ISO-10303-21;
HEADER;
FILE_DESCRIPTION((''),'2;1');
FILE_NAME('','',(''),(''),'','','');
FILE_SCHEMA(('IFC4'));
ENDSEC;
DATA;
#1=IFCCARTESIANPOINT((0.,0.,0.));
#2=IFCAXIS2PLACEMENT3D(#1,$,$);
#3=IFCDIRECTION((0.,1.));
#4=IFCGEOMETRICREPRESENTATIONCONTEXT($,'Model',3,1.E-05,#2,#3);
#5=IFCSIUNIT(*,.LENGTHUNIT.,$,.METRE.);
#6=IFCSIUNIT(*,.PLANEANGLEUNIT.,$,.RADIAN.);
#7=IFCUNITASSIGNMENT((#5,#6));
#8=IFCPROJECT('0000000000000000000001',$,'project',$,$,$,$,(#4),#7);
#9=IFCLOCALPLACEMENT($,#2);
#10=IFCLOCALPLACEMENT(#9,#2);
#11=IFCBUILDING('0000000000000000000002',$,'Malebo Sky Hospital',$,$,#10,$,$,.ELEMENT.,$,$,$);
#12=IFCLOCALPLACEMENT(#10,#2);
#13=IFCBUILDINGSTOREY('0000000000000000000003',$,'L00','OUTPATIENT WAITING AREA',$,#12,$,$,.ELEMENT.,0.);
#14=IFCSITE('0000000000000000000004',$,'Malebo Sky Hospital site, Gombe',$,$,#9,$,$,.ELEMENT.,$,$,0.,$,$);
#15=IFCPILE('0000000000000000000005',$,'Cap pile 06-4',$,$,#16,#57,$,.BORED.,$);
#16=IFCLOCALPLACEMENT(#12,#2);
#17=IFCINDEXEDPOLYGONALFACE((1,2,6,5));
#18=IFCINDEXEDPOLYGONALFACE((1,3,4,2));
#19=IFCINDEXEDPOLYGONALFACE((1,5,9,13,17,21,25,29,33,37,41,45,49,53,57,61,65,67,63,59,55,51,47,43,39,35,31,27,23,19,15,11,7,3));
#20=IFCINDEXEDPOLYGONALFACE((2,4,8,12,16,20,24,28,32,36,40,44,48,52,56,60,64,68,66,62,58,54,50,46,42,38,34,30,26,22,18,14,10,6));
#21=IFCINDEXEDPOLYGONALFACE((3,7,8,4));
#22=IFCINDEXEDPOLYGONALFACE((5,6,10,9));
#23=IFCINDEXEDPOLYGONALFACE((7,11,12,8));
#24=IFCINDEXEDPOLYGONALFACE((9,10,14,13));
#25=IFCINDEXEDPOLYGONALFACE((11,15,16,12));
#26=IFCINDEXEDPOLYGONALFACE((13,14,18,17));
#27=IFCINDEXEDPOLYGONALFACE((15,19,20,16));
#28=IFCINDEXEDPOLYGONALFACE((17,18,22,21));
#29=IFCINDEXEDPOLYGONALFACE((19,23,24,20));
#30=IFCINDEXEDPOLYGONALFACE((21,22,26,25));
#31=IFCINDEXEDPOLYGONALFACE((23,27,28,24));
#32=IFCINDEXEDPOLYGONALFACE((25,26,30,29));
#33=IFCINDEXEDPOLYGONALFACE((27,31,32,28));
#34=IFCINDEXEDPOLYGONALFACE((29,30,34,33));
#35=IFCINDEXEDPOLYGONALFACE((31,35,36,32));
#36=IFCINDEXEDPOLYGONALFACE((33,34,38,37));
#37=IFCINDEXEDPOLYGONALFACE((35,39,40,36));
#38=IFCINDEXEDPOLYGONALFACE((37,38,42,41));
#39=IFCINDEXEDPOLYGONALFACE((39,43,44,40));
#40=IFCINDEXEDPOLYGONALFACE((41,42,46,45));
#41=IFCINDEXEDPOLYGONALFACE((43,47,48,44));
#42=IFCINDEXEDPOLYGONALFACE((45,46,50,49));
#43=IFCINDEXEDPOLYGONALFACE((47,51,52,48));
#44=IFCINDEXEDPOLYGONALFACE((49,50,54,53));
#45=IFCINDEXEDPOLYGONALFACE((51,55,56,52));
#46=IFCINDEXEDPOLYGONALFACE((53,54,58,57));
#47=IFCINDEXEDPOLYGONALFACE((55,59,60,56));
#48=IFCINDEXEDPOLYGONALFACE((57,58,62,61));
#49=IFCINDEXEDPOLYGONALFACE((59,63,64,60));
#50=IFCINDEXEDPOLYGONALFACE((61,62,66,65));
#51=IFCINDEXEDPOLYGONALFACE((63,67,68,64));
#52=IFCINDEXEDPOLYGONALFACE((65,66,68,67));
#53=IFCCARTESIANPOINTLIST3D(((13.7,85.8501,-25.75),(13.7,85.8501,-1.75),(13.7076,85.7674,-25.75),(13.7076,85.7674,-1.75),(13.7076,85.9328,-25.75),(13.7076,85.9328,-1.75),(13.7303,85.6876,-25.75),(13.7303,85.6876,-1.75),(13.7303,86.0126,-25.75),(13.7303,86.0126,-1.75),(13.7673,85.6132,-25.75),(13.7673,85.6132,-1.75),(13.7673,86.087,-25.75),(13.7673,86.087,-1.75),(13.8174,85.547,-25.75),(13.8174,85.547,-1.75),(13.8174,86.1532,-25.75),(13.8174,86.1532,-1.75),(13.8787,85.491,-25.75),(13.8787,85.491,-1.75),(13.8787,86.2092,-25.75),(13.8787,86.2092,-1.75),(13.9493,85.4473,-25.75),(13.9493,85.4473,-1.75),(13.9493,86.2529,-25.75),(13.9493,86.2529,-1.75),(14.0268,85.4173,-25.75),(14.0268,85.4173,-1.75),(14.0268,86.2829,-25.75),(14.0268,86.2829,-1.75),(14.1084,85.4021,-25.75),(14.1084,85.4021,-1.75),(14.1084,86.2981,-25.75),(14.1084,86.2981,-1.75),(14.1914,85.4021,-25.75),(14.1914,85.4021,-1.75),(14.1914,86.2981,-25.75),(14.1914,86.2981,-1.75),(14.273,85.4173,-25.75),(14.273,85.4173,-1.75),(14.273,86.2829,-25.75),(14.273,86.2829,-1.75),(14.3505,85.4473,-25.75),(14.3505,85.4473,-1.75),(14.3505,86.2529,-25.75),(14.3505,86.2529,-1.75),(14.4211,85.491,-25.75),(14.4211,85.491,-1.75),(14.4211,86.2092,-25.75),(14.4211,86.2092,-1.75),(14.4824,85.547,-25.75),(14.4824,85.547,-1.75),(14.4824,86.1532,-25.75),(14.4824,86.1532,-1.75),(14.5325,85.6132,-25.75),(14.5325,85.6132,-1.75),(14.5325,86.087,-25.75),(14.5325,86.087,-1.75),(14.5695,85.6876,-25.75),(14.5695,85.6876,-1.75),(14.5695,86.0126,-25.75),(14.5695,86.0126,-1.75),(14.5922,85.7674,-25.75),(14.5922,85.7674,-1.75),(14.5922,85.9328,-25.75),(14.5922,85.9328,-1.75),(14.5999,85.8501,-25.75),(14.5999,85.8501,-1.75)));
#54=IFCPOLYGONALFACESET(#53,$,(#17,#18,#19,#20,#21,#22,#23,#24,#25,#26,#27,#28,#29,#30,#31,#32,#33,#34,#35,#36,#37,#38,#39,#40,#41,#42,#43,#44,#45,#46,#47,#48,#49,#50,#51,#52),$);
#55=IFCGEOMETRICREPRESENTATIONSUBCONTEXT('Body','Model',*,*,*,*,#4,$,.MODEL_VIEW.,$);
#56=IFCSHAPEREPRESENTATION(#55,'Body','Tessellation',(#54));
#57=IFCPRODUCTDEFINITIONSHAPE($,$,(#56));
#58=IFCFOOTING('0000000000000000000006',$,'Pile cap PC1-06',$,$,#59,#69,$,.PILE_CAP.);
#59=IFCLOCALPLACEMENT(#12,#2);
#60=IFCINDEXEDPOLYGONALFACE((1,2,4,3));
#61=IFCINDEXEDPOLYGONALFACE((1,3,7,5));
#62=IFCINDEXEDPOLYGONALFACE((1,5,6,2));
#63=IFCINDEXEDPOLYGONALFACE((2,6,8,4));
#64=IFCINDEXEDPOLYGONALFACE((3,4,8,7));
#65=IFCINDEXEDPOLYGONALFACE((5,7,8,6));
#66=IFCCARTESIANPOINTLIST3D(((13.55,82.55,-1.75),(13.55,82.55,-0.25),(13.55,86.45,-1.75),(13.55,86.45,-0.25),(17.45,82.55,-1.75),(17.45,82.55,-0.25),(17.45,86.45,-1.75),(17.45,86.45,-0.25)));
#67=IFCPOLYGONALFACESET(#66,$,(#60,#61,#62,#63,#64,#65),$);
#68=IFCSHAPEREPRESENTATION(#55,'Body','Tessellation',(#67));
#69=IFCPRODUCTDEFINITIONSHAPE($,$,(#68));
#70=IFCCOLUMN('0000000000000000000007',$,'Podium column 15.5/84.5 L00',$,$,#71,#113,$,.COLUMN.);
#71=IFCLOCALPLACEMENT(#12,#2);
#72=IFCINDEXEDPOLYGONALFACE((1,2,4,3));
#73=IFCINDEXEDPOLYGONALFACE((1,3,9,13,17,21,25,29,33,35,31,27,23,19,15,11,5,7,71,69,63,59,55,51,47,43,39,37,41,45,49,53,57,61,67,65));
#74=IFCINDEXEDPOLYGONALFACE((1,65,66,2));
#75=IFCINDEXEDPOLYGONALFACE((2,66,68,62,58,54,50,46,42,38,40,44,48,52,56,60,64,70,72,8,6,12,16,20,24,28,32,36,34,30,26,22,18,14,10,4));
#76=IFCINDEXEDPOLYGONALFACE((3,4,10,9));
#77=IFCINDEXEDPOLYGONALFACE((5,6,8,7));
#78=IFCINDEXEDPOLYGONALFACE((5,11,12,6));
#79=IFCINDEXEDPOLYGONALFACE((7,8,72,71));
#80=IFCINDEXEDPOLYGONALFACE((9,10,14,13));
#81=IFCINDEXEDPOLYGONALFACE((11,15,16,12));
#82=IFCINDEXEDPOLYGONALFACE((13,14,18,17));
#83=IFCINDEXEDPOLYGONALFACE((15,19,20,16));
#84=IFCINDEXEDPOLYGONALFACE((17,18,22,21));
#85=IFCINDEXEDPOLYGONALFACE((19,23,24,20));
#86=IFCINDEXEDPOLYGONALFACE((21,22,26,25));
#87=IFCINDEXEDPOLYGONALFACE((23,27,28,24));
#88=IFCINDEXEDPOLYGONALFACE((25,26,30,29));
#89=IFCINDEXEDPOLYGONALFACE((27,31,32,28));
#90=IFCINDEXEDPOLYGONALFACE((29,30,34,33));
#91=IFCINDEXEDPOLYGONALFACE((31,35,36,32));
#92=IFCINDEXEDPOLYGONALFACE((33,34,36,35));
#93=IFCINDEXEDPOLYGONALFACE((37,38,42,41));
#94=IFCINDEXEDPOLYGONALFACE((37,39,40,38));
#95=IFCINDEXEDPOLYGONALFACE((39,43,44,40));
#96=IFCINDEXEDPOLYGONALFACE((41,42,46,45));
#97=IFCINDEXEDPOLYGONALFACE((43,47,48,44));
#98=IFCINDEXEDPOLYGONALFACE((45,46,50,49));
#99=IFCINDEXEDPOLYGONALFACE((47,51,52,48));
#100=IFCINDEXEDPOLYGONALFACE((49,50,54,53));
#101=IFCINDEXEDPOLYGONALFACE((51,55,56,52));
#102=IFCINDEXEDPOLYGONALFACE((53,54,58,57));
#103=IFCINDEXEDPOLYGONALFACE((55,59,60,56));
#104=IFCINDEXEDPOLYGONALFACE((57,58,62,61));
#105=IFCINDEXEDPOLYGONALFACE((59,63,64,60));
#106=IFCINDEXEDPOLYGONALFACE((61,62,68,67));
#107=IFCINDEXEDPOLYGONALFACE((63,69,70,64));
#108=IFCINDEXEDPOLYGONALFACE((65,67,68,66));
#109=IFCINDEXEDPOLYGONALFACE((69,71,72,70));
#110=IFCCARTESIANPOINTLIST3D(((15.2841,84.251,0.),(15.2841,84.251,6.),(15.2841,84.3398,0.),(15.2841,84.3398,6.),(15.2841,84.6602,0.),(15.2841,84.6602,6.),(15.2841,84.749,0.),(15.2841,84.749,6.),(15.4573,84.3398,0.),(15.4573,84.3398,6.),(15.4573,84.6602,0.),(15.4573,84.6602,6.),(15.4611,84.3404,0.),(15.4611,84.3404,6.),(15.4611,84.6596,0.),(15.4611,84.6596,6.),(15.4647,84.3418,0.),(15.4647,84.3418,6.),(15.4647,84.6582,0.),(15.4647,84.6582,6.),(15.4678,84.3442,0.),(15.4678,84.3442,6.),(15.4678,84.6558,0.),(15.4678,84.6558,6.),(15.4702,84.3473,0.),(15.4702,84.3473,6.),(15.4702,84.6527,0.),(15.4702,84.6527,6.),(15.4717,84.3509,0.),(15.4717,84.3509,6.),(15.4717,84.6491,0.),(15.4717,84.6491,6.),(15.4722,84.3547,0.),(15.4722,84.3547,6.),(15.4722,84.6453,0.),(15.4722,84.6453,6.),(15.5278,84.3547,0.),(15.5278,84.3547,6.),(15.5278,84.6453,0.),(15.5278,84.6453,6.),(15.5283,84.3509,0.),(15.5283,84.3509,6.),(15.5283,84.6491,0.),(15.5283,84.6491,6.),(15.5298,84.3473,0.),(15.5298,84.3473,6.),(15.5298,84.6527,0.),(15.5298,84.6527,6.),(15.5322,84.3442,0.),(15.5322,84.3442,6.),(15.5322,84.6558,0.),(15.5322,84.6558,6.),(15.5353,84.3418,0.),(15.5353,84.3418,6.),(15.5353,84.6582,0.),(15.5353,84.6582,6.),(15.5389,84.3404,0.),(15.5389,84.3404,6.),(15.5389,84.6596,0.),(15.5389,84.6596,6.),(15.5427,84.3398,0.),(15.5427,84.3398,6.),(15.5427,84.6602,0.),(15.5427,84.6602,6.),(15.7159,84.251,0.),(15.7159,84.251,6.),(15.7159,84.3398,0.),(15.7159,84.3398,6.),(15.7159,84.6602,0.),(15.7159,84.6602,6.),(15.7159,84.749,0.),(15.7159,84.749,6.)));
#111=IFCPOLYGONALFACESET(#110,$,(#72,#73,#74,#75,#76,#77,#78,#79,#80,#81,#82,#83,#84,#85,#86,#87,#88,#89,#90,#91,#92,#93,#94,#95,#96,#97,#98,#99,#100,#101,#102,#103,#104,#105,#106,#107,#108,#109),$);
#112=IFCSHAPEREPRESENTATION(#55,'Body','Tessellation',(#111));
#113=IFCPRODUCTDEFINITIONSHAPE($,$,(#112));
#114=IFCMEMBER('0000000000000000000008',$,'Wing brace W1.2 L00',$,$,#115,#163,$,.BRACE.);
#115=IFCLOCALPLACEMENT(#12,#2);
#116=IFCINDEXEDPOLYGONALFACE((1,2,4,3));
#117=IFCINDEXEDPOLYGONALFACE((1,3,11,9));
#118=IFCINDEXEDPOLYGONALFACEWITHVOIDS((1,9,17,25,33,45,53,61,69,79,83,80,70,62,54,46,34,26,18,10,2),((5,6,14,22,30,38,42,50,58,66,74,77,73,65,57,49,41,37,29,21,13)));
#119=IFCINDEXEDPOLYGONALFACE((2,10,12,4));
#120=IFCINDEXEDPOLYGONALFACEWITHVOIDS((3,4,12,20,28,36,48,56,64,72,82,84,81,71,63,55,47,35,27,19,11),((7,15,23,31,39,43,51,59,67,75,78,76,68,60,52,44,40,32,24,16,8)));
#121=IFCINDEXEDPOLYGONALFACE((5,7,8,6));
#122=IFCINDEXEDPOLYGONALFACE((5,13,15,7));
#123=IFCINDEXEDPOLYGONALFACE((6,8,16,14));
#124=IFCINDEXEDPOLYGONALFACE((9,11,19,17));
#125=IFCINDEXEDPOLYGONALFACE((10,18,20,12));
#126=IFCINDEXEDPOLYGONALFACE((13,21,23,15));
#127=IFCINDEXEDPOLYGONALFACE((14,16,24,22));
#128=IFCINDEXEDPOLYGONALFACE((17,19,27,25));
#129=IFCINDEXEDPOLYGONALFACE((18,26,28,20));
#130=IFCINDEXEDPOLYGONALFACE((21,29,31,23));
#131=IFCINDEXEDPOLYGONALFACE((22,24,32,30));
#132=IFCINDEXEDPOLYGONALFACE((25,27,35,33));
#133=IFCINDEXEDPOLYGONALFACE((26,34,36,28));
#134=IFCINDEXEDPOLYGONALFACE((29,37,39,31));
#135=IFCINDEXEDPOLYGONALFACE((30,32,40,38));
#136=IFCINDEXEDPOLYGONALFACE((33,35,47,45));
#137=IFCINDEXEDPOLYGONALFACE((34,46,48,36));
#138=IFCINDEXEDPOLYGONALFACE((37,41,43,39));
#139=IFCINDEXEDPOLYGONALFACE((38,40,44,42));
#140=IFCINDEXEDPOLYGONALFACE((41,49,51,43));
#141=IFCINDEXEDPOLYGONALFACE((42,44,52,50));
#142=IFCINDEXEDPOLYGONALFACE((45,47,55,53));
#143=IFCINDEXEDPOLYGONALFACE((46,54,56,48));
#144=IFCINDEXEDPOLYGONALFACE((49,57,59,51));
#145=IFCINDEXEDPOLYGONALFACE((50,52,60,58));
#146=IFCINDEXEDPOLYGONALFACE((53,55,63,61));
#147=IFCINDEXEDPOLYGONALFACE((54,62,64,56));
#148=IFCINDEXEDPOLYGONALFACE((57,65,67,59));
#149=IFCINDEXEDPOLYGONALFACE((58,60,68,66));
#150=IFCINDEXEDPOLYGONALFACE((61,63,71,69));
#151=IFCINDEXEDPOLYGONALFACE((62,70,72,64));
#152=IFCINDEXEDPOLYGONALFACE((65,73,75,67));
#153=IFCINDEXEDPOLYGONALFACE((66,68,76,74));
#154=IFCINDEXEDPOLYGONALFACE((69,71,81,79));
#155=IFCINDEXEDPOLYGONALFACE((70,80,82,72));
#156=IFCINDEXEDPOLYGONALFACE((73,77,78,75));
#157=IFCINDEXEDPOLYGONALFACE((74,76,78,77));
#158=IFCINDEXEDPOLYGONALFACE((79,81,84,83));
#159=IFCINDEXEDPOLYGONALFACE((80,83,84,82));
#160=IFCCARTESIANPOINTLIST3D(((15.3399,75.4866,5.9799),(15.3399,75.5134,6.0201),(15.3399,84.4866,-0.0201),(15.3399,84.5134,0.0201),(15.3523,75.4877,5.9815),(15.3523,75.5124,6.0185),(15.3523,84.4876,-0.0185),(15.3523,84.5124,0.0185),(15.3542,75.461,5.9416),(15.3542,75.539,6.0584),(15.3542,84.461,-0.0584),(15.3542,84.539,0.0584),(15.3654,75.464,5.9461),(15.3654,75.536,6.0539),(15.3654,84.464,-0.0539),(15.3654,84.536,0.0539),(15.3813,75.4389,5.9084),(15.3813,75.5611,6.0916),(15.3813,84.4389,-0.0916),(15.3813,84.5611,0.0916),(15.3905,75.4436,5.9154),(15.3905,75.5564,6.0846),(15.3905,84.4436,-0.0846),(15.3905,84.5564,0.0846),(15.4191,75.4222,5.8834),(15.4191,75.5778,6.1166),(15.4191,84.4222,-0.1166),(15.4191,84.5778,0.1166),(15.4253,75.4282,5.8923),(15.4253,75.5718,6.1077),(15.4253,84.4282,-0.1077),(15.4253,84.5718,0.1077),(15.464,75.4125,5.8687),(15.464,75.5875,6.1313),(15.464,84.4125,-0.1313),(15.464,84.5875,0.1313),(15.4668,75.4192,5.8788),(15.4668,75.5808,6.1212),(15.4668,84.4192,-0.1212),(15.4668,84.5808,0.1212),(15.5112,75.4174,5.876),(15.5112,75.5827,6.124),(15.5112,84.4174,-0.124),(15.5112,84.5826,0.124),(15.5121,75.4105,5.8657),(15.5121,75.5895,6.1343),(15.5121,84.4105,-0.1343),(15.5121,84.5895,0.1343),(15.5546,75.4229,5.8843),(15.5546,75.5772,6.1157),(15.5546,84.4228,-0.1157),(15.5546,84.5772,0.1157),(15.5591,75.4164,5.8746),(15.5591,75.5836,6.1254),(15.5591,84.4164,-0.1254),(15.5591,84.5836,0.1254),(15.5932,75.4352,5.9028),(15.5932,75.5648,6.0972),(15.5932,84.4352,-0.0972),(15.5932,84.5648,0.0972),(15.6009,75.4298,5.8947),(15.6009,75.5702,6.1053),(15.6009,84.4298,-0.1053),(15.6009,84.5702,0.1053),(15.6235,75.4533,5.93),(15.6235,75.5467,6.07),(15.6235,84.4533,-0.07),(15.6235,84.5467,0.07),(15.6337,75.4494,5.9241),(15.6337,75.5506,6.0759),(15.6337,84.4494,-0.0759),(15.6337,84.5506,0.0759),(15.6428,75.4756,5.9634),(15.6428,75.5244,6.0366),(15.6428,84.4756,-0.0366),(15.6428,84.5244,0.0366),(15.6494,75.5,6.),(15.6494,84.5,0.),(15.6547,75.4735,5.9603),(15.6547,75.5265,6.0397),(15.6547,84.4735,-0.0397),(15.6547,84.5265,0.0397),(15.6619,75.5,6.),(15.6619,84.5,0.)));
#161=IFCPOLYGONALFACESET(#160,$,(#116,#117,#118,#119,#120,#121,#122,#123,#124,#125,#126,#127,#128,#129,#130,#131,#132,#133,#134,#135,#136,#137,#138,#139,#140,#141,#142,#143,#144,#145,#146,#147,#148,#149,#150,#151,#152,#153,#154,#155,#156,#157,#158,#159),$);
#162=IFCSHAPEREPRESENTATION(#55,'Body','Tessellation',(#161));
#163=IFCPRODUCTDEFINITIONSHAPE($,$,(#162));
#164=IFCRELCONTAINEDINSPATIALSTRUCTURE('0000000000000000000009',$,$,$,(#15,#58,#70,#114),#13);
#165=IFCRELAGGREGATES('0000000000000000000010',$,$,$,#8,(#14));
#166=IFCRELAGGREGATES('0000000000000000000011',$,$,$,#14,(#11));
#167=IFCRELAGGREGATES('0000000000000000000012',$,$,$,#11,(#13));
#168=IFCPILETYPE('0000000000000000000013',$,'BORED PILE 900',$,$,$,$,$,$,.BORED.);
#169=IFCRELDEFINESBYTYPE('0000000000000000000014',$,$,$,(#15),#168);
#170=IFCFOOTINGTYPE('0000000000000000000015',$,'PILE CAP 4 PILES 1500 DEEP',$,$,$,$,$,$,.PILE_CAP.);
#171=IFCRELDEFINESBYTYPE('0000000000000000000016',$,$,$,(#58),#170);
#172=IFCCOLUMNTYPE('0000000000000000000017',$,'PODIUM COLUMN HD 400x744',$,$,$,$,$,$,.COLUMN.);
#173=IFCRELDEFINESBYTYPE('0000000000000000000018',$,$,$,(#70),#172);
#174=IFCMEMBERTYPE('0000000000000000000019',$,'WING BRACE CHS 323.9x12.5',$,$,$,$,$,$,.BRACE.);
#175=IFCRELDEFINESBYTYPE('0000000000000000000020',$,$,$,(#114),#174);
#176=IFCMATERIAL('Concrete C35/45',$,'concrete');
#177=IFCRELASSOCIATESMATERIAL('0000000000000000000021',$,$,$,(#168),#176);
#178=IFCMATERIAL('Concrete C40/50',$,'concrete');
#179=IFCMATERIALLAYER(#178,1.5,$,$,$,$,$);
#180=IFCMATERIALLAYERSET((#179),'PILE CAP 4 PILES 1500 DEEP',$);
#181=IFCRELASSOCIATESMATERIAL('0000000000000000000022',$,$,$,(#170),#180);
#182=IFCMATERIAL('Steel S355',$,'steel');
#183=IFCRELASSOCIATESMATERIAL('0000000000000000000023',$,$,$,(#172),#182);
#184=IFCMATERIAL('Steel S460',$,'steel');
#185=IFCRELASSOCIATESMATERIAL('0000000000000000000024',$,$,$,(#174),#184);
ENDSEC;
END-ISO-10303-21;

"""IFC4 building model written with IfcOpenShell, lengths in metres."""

from ifc_helpers import new_model, si_unit, direction, frame, origin, origin_2d, place, context, subcontext, project, spatial, rectangle, circle, hollow_circle, i_section, extrude, material, layer, layer_set, material_profile, profile_set, type_object, element, save


model = new_model("IFC4")

# Units and contexts
model_context = context("Model", 3, precision=1e-05, world=origin(), true_north=direction((0.0, 1.0)))
body_context = subcontext(model_context, "Body", "Model", "MODEL_VIEW")
ifc_project = project(units=[si_unit("LENGTHUNIT", "METRE"), si_unit("PLANEANGLEUNIT", "RADIAN")], contexts=[model_context])

# Site, building, storey
site_placement = place(None, origin())
site = spatial("IfcSite", under=ifc_project, at=site_placement, Name="Malebo Sky Hospital site, Gombe", CompositionType="ELEMENT", RefElevation=0.0)
building_placement = place(site_placement, origin())
building = spatial("IfcBuilding", under=site, at=building_placement, Name="Malebo Sky Hospital", CompositionType="ELEMENT")
storey_placement = place(building_placement, origin())
storey = spatial("IfcBuildingStorey", under=building, at=storey_placement, Name="L00", Description="OUTPATIENT WAITING AREA", CompositionType="ELEMENT", Elevation=0.0)

# Pile
ifc_material_1 = material(Name="Concrete C35/45", Category="concrete")
ifc_material_profile_1 = material_profile(ifc_material_1, circle(Radius=0.45, at=origin_2d()), Name="BP 900")
ifc_profile_set_1 = profile_set([ifc_material_profile_1], Name="Concrete C35/45")
pile_type = type_object("IfcPileType", Name="BORED PILE 900", PredefinedType="BORED", material=ifc_profile_set_1)
pile_placement = place(storey_placement, frame((14.1499, 85.8501, -1.75), z_axis=(0.0, 0.0, -1.0), x_axis=(1.0, 0.0, 0.0)))
element("IfcPile", 1, at=pile_placement, inside=storey, type_object=pile_type, Name="Cap pile 06-4", PredefinedType="BORED", context=body_context, shape_type="SweptSolid", body=[
    extrude(circle(Radius=0.45, at=origin_2d()), origin(), (0.0, 0.0, 1.0), 24.0),
])

# Footing
ifc_material_2 = material(Name="Concrete C40/50", Category="concrete")
ifc_layer_1 = layer(ifc_material_2, 1.5)
ifc_layer_set_1 = layer_set([ifc_layer_1], Name="PILE CAP 4 PILES 1500 DEEP")
footing_type = type_object("IfcFootingType", Name="PILE CAP 4 PILES 1500 DEEP", PredefinedType="PILE_CAP", material=ifc_layer_set_1)
footing_placement = place(storey_placement, frame((15.5, 84.5, -1.75), z_axis=(0.0, 0.0, 1.0), x_axis=(1.0, 0.0, 0.0)))
element("IfcFooting", 2, at=footing_placement, inside=storey, type_object=footing_type, Name="Pile cap PC1-06", PredefinedType="PILE_CAP", context=body_context, shape_type="SweptSolid", body=[
    extrude(rectangle(XDim=3.8999, YDim=3.8999, at=origin_2d()), origin(), (0.0, 0.0, 1.0), 1.5),
])

# Column
ifc_material_3 = material(Name="Steel S355", Category="steel")
ifc_material_profile_2 = material_profile(ifc_material_3, i_section(OverallWidth=0.4319, OverallDepth=0.498, WebThickness=0.0557, FlangeThickness=0.0889, FilletRadius=0.0149, at=origin_2d()), Name="HD 400x744")
ifc_profile_set_2 = profile_set([ifc_material_profile_2], Name="Steel S355")
column_type = type_object("IfcColumnType", Name="PODIUM COLUMN HD 400x744", PredefinedType="COLUMN", material=ifc_profile_set_2)
column_placement = place(storey_placement, frame((15.5, 84.5, 0.0), z_axis=(0.0, 0.0, 1.0), x_axis=(1.0, 0.0, 0.0)))
element("IfcColumn", 3, at=column_placement, inside=storey, type_object=column_type, Name="Podium column 15.5/84.5 L00", PredefinedType="COLUMN", context=body_context, shape_type="SweptSolid", body=[
    extrude(i_section(OverallWidth=0.4319, OverallDepth=0.498, WebThickness=0.0557, FlangeThickness=0.0889, FilletRadius=0.0149, at=origin_2d()), origin(), (0.0, 0.0, 1.0), 6.0),
])

# Member
ifc_material_4 = material(Name="Steel S460", Category="steel")
ifc_material_profile_3 = material_profile(ifc_material_4, hollow_circle(Radius=0.1619, WallThickness=0.0125, at=origin_2d()), Name="CHS 323.9x12.5")
ifc_profile_set_3 = profile_set([ifc_material_profile_3], Name="Steel S460")
member_type = type_object("IfcMemberType", Name="WING BRACE CHS 323.9x12.5", PredefinedType="BRACE", material=ifc_profile_set_3)
member_placement = place(storey_placement, frame((15.5, 84.5, 0.0), z_axis=(0.0, -0.83205, 0.5547), x_axis=(1.0, 0.0, 0.0)))
element("IfcMember", 4, at=member_placement, inside=storey, type_object=member_type, Name="Wing brace W1.2 L00", PredefinedType="BRACE", context=body_context, shape_type="SweptSolid", body=[
    extrude(hollow_circle(Radius=0.1619, WallThickness=0.0125, at=origin_2d()), origin(), (0.0, 0.0, 1.0), 10.8167),
])

save(model, "model.ifc")
